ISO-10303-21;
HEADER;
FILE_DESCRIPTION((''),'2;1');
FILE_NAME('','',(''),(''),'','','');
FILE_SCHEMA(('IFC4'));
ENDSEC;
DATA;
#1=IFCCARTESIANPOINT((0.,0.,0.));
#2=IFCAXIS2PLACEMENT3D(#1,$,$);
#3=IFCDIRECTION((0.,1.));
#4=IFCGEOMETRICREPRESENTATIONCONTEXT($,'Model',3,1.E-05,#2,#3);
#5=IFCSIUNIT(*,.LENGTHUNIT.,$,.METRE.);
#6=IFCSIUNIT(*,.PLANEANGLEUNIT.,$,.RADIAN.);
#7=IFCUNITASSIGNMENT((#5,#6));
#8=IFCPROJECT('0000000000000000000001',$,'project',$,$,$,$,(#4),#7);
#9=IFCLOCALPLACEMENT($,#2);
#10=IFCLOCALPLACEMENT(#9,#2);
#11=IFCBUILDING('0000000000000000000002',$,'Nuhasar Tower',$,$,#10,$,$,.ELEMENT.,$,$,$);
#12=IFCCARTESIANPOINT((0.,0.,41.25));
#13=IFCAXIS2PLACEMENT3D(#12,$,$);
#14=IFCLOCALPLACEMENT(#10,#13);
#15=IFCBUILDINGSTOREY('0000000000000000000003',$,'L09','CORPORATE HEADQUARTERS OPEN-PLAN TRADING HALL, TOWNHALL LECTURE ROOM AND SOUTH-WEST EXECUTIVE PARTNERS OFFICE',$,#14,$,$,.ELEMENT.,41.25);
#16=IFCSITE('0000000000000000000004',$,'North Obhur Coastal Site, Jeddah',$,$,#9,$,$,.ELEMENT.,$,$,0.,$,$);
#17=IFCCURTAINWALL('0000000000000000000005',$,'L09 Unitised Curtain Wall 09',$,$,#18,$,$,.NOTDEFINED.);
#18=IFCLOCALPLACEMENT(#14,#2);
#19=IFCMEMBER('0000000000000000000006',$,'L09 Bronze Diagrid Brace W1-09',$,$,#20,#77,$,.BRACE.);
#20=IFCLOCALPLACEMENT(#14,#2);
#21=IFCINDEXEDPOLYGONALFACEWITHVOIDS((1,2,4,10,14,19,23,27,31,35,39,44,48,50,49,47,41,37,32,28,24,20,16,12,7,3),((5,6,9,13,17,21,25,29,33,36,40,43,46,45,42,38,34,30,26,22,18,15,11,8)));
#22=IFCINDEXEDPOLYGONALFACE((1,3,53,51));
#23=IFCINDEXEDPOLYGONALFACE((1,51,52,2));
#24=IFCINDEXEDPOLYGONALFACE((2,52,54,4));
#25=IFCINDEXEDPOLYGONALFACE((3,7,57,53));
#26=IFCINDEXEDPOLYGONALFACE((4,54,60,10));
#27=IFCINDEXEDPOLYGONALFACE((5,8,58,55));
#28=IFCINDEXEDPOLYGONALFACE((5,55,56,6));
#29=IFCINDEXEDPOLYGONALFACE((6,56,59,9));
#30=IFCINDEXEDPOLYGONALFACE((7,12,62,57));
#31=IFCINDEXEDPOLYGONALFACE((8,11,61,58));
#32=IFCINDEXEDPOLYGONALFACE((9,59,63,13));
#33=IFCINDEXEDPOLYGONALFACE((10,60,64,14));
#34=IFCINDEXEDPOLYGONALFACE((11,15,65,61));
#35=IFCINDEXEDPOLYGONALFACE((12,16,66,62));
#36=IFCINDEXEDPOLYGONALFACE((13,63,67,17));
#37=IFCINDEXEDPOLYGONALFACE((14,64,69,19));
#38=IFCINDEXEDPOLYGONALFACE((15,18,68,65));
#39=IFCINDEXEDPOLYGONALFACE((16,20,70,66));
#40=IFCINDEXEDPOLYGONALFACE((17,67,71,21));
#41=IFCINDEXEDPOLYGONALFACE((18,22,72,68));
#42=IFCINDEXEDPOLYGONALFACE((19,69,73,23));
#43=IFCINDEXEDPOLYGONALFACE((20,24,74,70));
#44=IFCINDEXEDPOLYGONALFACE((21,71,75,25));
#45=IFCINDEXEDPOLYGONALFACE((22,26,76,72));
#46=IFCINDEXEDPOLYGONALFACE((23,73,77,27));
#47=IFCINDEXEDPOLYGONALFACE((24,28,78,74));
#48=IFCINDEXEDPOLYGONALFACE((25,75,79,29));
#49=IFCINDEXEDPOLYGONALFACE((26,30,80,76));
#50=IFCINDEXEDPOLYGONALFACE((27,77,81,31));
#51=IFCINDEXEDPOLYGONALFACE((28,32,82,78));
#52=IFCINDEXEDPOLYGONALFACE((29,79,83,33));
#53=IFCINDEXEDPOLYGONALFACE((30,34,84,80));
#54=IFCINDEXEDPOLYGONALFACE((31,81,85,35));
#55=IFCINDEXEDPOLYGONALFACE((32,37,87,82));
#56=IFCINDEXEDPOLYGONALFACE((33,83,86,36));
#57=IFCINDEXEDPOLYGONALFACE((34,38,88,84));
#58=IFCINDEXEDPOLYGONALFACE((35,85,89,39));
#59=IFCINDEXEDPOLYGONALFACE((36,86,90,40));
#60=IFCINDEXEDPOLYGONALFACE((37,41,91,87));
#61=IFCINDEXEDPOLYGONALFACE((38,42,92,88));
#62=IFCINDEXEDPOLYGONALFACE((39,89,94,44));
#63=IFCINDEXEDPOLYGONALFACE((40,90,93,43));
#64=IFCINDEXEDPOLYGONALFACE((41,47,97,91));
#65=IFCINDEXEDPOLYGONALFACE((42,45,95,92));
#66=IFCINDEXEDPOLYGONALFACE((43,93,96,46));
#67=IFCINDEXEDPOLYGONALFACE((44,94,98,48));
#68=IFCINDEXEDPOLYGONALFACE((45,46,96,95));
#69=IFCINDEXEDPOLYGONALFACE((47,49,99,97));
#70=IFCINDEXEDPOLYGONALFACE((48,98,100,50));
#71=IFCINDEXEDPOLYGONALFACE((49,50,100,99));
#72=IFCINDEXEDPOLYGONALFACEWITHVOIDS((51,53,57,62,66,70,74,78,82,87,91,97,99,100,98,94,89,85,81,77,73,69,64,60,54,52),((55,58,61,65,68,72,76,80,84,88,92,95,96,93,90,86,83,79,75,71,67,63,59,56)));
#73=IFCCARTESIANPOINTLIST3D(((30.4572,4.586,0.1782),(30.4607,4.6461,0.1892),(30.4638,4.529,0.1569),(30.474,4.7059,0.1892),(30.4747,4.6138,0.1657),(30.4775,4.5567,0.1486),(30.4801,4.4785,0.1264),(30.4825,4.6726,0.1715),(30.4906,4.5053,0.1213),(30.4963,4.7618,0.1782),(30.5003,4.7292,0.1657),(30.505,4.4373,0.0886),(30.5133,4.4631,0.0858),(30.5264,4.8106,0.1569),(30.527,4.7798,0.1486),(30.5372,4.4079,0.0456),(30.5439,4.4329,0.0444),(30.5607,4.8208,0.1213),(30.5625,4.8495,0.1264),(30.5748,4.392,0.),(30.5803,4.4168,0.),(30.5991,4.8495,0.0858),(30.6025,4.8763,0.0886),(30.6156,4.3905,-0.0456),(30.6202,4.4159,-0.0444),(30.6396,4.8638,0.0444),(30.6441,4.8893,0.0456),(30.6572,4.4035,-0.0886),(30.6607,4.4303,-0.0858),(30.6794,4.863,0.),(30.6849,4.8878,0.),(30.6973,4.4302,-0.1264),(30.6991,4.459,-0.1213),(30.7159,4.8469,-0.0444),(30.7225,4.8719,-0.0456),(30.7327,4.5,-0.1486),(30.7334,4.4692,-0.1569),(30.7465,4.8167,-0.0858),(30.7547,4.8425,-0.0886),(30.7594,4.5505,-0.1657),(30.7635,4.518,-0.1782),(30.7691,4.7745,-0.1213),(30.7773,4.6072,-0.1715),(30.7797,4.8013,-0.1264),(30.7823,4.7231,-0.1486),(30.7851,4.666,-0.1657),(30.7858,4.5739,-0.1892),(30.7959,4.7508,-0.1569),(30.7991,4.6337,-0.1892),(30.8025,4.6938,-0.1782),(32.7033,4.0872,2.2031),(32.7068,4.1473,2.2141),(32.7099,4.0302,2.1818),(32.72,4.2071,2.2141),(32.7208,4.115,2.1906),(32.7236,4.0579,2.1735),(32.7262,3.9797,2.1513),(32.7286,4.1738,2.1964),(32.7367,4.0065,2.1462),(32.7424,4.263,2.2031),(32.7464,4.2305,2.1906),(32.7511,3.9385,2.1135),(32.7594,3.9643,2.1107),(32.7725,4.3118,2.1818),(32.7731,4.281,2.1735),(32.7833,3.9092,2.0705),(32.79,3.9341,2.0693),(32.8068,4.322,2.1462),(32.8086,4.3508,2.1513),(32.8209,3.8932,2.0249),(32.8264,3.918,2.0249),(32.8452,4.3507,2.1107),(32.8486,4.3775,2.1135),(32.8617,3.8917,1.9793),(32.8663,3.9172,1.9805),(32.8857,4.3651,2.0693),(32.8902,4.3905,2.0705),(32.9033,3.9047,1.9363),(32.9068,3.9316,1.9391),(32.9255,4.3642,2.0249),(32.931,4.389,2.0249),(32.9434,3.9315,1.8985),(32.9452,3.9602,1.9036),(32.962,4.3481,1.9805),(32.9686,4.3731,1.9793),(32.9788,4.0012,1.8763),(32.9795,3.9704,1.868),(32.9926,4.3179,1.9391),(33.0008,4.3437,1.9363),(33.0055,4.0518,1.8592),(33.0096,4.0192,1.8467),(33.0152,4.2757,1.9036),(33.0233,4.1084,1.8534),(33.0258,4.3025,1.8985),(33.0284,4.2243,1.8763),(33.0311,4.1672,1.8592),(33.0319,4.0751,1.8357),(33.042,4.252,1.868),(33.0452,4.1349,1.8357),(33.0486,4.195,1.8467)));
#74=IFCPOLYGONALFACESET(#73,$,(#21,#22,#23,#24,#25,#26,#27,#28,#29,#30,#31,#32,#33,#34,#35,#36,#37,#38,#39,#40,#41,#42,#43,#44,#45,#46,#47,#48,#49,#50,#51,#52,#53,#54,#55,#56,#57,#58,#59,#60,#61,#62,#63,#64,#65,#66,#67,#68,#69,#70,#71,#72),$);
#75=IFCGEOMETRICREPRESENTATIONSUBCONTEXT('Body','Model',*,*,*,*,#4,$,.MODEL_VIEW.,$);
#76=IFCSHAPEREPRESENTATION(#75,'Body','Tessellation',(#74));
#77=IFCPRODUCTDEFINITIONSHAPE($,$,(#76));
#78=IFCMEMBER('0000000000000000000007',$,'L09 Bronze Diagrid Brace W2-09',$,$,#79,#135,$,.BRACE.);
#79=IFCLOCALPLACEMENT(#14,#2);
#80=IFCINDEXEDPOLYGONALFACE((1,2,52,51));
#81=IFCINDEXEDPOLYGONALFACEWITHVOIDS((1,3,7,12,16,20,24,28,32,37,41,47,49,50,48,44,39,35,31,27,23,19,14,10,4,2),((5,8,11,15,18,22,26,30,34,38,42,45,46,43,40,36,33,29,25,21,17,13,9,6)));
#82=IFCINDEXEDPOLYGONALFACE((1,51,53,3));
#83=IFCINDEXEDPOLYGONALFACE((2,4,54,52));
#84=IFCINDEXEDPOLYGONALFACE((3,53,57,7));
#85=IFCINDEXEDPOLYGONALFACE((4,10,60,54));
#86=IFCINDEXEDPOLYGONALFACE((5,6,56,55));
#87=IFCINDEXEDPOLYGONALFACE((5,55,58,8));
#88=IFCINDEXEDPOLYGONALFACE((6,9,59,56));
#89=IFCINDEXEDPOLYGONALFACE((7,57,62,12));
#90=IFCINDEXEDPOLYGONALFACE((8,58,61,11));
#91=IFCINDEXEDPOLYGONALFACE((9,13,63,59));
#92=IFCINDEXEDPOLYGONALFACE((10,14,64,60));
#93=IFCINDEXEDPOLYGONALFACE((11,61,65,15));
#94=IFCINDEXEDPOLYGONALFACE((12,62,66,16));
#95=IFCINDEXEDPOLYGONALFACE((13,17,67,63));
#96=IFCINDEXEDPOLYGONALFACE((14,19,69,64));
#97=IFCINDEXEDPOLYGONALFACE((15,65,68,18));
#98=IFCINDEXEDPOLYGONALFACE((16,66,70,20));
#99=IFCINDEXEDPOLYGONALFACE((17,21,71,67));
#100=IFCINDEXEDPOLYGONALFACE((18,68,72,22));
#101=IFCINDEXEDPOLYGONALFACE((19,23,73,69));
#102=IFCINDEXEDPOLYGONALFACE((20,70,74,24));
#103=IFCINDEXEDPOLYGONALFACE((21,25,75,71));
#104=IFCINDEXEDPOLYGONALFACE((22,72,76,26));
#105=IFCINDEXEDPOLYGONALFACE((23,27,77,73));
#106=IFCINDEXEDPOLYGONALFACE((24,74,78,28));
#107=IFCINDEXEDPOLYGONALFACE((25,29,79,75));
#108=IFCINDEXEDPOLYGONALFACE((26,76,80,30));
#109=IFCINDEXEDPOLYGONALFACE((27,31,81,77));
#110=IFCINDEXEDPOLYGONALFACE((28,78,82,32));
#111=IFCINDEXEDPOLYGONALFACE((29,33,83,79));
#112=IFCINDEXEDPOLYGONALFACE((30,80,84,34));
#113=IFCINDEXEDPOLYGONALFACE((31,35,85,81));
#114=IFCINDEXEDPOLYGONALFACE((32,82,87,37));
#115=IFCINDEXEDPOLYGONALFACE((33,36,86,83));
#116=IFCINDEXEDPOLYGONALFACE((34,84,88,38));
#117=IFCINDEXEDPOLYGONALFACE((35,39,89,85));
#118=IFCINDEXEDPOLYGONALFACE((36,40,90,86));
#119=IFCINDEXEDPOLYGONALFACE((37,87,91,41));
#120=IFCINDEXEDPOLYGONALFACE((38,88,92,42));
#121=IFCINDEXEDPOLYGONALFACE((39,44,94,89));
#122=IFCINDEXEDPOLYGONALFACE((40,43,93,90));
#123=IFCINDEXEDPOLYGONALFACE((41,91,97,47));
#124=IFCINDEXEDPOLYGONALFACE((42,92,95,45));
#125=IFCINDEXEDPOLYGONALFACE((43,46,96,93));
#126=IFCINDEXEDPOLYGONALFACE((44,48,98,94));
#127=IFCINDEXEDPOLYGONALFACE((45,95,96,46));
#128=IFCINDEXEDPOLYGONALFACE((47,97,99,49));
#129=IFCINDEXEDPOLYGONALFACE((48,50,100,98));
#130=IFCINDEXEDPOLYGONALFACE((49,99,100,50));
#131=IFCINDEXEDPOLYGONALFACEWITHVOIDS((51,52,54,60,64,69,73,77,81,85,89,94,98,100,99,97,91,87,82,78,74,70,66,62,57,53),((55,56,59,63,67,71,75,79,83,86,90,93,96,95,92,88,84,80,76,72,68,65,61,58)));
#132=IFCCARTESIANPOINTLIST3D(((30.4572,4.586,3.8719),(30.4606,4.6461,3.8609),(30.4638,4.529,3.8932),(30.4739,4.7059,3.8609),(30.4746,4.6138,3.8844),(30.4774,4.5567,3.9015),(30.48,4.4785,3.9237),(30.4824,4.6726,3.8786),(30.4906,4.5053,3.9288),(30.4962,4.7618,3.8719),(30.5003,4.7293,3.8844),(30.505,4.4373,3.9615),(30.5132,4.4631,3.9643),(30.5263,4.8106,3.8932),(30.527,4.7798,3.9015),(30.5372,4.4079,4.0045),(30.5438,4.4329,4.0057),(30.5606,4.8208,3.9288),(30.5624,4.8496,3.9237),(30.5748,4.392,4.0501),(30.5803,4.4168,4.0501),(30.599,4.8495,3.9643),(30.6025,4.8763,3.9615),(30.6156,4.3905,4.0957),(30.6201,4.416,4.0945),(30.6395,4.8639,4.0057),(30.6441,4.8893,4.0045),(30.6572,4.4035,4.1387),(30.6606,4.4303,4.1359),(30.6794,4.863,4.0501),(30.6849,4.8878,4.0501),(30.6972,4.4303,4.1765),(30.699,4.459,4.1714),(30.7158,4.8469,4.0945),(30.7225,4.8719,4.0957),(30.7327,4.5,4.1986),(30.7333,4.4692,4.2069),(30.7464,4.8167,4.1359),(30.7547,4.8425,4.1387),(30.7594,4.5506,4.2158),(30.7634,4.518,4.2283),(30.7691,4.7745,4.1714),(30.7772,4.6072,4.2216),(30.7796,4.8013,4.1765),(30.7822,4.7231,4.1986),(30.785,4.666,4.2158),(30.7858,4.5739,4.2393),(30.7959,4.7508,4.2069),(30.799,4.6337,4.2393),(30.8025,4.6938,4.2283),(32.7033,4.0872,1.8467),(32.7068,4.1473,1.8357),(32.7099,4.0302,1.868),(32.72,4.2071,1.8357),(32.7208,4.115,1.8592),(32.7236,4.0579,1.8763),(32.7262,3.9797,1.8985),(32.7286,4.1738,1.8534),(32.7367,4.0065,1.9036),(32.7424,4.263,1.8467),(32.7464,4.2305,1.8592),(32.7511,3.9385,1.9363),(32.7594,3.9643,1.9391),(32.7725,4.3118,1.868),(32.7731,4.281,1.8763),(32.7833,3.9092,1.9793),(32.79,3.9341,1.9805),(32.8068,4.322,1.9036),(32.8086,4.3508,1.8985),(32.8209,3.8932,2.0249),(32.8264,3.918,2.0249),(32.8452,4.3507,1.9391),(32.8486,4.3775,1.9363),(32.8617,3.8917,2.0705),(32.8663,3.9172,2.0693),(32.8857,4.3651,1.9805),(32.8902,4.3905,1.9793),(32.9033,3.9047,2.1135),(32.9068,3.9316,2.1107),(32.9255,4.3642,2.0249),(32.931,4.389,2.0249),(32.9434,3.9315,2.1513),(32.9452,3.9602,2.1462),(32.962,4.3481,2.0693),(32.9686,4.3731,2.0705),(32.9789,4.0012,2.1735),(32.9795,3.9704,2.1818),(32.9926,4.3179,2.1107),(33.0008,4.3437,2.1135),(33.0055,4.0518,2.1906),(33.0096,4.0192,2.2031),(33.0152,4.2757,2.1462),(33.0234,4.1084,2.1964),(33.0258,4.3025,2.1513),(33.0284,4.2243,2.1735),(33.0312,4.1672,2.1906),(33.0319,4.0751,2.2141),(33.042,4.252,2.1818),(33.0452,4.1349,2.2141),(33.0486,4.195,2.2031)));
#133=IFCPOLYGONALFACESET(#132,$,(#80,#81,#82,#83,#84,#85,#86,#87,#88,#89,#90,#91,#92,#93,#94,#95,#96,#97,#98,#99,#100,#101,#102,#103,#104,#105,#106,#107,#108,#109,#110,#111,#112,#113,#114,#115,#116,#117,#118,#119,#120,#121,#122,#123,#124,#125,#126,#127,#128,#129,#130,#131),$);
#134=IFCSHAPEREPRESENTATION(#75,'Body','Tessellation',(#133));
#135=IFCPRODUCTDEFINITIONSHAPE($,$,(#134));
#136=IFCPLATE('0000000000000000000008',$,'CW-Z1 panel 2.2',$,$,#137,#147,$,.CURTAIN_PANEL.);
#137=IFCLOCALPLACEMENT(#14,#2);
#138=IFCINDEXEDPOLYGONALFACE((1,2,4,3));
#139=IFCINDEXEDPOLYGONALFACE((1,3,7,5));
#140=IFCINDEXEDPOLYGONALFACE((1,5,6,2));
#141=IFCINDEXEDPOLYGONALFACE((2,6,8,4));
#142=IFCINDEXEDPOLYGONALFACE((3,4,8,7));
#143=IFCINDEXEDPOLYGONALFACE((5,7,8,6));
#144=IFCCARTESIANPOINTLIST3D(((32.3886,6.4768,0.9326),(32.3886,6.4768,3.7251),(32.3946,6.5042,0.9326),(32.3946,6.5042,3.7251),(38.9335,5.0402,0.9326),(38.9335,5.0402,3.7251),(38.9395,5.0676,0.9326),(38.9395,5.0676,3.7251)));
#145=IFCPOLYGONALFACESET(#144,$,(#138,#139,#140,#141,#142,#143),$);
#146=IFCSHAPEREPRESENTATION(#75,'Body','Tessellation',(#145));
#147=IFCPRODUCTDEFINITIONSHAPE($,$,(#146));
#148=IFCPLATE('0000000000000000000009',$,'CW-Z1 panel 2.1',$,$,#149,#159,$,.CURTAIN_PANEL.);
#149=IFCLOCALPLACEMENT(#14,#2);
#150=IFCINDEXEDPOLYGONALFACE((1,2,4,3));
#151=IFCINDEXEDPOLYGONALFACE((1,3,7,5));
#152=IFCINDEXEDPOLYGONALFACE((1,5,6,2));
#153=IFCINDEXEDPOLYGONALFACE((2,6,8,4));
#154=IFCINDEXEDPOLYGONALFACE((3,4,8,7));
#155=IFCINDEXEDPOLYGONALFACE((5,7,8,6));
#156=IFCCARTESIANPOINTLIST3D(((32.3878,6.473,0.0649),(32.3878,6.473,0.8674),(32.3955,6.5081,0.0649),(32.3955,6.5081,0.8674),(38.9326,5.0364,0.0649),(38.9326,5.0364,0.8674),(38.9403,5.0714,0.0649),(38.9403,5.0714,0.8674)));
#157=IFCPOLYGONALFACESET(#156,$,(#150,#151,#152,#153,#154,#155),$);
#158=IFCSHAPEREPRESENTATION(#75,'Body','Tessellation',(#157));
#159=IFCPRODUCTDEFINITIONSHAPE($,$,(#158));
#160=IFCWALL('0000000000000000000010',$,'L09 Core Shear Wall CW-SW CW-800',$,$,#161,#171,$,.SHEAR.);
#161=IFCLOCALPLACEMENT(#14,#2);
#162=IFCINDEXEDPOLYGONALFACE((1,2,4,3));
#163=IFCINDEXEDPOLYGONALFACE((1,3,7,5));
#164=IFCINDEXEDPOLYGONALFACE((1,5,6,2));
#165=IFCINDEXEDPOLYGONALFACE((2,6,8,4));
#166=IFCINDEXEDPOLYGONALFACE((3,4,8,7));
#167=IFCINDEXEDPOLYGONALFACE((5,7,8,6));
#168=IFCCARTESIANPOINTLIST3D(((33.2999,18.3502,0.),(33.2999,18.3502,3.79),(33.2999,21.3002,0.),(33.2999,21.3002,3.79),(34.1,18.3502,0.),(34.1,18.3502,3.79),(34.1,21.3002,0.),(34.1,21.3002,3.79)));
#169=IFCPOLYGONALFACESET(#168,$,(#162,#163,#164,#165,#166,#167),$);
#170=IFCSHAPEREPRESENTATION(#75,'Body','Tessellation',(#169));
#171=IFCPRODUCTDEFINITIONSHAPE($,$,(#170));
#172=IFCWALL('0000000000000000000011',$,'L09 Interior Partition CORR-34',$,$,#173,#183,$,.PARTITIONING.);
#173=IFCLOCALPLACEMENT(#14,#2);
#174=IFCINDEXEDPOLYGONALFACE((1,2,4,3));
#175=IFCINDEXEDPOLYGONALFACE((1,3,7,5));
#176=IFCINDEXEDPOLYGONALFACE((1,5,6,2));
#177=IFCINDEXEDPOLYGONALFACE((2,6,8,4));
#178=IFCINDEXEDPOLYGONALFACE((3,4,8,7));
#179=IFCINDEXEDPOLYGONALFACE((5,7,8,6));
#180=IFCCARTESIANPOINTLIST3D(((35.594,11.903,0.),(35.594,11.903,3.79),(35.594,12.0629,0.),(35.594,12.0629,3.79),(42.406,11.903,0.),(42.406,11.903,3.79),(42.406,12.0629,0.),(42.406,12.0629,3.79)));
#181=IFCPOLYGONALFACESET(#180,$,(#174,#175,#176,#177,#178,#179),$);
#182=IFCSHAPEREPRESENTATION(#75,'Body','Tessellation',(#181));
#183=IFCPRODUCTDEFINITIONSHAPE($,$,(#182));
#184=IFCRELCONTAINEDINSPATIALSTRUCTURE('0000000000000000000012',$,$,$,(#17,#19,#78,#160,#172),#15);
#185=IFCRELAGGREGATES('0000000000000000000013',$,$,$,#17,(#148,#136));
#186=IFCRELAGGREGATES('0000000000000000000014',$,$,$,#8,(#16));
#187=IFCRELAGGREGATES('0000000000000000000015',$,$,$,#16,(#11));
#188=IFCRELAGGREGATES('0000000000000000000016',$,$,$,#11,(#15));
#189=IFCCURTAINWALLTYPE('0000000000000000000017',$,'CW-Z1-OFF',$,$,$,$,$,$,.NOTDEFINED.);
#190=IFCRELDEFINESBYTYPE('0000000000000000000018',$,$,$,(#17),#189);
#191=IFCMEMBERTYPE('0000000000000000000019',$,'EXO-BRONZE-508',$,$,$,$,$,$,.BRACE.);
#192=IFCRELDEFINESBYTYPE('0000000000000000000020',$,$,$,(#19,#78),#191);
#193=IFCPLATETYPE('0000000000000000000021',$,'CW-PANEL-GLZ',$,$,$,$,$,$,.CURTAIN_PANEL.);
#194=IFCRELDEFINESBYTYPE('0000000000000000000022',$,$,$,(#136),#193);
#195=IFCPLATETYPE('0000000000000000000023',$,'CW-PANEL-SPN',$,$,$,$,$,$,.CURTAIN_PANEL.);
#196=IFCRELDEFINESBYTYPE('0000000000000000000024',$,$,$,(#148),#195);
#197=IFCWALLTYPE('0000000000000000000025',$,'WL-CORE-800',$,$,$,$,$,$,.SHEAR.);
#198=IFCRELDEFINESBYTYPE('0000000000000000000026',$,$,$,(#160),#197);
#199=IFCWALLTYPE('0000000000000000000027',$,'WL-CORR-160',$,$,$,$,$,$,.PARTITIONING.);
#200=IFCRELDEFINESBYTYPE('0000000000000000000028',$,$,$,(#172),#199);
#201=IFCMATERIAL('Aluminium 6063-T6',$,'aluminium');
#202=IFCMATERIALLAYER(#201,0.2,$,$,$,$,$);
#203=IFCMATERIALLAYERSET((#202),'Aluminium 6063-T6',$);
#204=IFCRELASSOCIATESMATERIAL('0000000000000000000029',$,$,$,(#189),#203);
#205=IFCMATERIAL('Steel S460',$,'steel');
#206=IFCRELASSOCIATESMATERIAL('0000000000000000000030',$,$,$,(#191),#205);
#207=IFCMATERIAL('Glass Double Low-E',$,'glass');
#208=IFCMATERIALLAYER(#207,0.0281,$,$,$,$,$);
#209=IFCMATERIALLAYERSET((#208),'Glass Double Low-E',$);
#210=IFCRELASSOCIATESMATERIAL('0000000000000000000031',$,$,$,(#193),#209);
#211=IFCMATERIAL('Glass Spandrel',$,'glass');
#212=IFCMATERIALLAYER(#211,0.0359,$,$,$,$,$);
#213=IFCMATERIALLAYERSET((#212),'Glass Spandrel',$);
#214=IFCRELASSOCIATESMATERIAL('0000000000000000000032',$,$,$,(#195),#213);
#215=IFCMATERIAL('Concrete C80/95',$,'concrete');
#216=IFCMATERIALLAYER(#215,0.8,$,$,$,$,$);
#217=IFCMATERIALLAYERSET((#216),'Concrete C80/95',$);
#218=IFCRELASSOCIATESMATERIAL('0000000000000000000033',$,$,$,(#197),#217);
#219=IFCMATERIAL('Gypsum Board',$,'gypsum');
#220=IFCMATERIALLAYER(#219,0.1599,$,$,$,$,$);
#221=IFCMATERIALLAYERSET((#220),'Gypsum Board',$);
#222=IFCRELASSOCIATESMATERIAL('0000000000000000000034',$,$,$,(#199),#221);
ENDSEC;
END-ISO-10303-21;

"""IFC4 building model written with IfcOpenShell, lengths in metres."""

from ifc_helpers import new_model, si_unit, direction, frame, frame_2d, origin, origin_2d, place, context, subcontext, project, spatial, rectangle, hollow_circle, extrude, material, layer, layer_set, material_profile, profile_set, type_object, element, aggregate, save


model = new_model("IFC4")

# Units and contexts
model_context = context("Model", 3, precision=1e-05, world=origin(), true_north=direction((0.0, 1.0)))
body_context = subcontext(model_context, "Body", "Model", "MODEL_VIEW")
ifc_project = project(units=[si_unit("LENGTHUNIT", "METRE"), si_unit("PLANEANGLEUNIT", "RADIAN")], contexts=[model_context])

# Site, building, storey
site_placement = place(None, origin())
site = spatial("IfcSite", under=ifc_project, at=site_placement, Name="North Obhur Coastal Site, Jeddah", CompositionType="ELEMENT", RefElevation=0.0)
building_placement = place(site_placement, origin())
building = spatial("IfcBuilding", under=site, at=building_placement, Name="Nuhasar Tower", CompositionType="ELEMENT")
storey_placement = place(building_placement, frame((0.0, 0.0, 41.25)))
storey = spatial("IfcBuildingStorey", under=building, at=storey_placement, Name="L09", Description="CORPORATE HEADQUARTERS OPEN-PLAN TRADING HALL, TOWNHALL LECTURE ROOM AND SOUTH-WEST EXECUTIVE PARTNERS OFFICE", CompositionType="ELEMENT", Elevation=41.25)

# Shared definitions
ifc_material_1 = material(Name="Concrete C80/95", Category="concrete")

# Curtain wall
ifc_material_2 = material(Name="Aluminium 6063-T6", Category="aluminium")
ifc_layer_1 = layer(ifc_material_2, 0.2)
ifc_layer_set_1 = layer_set([ifc_layer_1], Name="Aluminium 6063-T6")
curtain_wall_type = type_object("IfcCurtainWallType", Name="CW-Z1-OFF", PredefinedType="NOTDEFINED", material=ifc_layer_set_1)
curtain_wall_placement = place(storey_placement, origin())
curtain_wall = element("IfcCurtainWall", 1, at=curtain_wall_placement, inside=storey, type_object=curtain_wall_type, Name="L09 Unitised Curtain Wall 09", PredefinedType="NOTDEFINED")

# Members
ifc_material_3 = material(Name="Steel S460", Category="steel")
ifc_material_profile_1 = material_profile(ifc_material_3, hollow_circle(Radius=0.2539, WallThickness=0.0254, at=origin_2d()), Name="HSS508X25.4")
ifc_profile_set_1 = profile_set([ifc_material_profile_1], Name="Steel S460")
member_type_1 = type_object("IfcMemberType", Name="EXO-BRONZE-508", PredefinedType="BRACE", material=ifc_profile_set_1)
member_1_placement = place(storey_placement, frame((30.6299, 4.6399, 0.0), z_axis=(0.732831, -0.162736, 0.660663), x_axis=(0.216784, 0.97622, 0.0)))
element("IfcMember", 2, at=member_1_placement, inside=storey, type_object=member_type_1, Name="L09 Bronze Diagrid Brace W1-09", PredefinedType="BRACE", context=body_context, shape_type="SweptSolid", body=[
    extrude(hollow_circle(Radius=0.2539, WallThickness=0.0254, at=origin_2d()), origin(), (0.0, 0.0, 1.0), 3.0649),
])
member_2_placement = place(storey_placement, frame((32.876, 4.1411, 2.0249), z_axis=(-0.732792, 0.162728, 0.660708), x_axis=(-0.216784, -0.97622, 0.0)))
element("IfcMember", 3, at=member_2_placement, inside=storey, type_object=member_type_1, Name="L09 Bronze Diagrid Brace W2-09", PredefinedType="BRACE", context=body_context, shape_type="SweptSolid", body=[
    extrude(hollow_circle(Radius=0.2539, WallThickness=0.0254, at=origin_2d()), origin(), (0.0, 0.0, 1.0), 3.0652),
])

# Plates
ifc_material_4 = material(Name="Glass Double Low-E", Category="glass")
ifc_layer_2 = layer(ifc_material_4, 0.0281)
ifc_layer_set_2 = layer_set([ifc_layer_2], Name="Glass Double Low-E")
plate_type_1 = type_object("IfcPlateType", Name="CW-PANEL-GLZ", PredefinedType="CURTAIN_PANEL", material=ifc_layer_set_2)
plate_1_placement = place(storey_placement, frame((35.6641, 5.7722, 0.9326), z_axis=(0.0, 0.0, 1.0), x_axis=(0.976746, -0.214399, 0.0)))
plate_1 = element("IfcPlate", 4, at=plate_1_placement, type_object=plate_type_1, Name="CW-Z1 panel 2.2", PredefinedType="CURTAIN_PANEL", context=body_context, shape_type="SweptSolid", body=[
    extrude(rectangle(XDim=6.7007, YDim=0.0281, at=origin_2d()), origin(), (0.0, 0.0, 1.0), 2.7925),
])
ifc_material_5 = material(Name="Glass Spandrel", Category="glass")
ifc_layer_3 = layer(ifc_material_5, 0.0359)
ifc_layer_set_3 = layer_set([ifc_layer_3], Name="Glass Spandrel")
plate_type_2 = type_object("IfcPlateType", Name="CW-PANEL-SPN", PredefinedType="CURTAIN_PANEL", material=ifc_layer_set_3)
plate_2_placement = place(storey_placement, frame((35.6641, 5.7722, 0.0649), z_axis=(0.0, 0.0, 1.0), x_axis=(0.976746, -0.214399, 0.0)))
plate_2 = element("IfcPlate", 5, at=plate_2_placement, type_object=plate_type_2, Name="CW-Z1 panel 2.1", PredefinedType="CURTAIN_PANEL", context=body_context, shape_type="SweptSolid", body=[
    extrude(rectangle(XDim=6.7007, YDim=0.0359, at=origin_2d()), origin(), (0.0, 0.0, 1.0), 0.8025),
])
aggregate(curtain_wall, [plate_2, plate_1])

# Wall
ifc_layer_4 = layer(ifc_material_1, 0.8)
ifc_layer_set_4 = layer_set([ifc_layer_4], Name="Concrete C80/95")
wall_type_1 = type_object("IfcWallType", Name="WL-CORE-800", PredefinedType="SHEAR", material=ifc_layer_set_4)
wall_1_placement = place(storey_placement, frame((33.7, 18.3501, 0.0), z_axis=(0.0, 0.0, 1.0), x_axis=(0.0, 1.0, 0.0)))
element("IfcWall", 6, at=wall_1_placement, inside=storey, type_object=wall_type_1, Name="L09 Core Shear Wall CW-SW CW-800", PredefinedType="SHEAR", context=body_context, shape_type="SweptSolid", body=[
    extrude(rectangle(XDim=2.95, YDim=0.8, at=frame_2d((1.4751, 0.0))), origin(), (0.0, 0.0, 1.0), 3.79),
])

# Shared definitions
ifc_material_6 = material(Name="Gypsum Board", Category="gypsum")
ifc_layer_5 = layer(ifc_material_6, 0.1599)
ifc_layer_set_5 = layer_set([ifc_layer_5], Name="Gypsum Board")
wall_type_2 = type_object("IfcWallType", Name="WL-CORR-160", PredefinedType="PARTITIONING", material=ifc_layer_set_5)

# Wall
wall_2_placement = place(storey_placement, frame((35.594, 11.9829, 0.0), z_axis=(0.0, 0.0, 1.0), x_axis=(1.0, 0.0, 0.0)))
element("IfcWall", 7, at=wall_2_placement, inside=storey, type_object=wall_type_2, Name="L09 Interior Partition CORR-34", PredefinedType="PARTITIONING", context=body_context, shape_type="SweptSolid", body=[
    extrude(rectangle(XDim=6.812, YDim=0.1599, at=frame_2d((3.406, 0.0))), origin(), (0.0, 0.0, 1.0), 3.79),
])

save(model, "model.ifc")
